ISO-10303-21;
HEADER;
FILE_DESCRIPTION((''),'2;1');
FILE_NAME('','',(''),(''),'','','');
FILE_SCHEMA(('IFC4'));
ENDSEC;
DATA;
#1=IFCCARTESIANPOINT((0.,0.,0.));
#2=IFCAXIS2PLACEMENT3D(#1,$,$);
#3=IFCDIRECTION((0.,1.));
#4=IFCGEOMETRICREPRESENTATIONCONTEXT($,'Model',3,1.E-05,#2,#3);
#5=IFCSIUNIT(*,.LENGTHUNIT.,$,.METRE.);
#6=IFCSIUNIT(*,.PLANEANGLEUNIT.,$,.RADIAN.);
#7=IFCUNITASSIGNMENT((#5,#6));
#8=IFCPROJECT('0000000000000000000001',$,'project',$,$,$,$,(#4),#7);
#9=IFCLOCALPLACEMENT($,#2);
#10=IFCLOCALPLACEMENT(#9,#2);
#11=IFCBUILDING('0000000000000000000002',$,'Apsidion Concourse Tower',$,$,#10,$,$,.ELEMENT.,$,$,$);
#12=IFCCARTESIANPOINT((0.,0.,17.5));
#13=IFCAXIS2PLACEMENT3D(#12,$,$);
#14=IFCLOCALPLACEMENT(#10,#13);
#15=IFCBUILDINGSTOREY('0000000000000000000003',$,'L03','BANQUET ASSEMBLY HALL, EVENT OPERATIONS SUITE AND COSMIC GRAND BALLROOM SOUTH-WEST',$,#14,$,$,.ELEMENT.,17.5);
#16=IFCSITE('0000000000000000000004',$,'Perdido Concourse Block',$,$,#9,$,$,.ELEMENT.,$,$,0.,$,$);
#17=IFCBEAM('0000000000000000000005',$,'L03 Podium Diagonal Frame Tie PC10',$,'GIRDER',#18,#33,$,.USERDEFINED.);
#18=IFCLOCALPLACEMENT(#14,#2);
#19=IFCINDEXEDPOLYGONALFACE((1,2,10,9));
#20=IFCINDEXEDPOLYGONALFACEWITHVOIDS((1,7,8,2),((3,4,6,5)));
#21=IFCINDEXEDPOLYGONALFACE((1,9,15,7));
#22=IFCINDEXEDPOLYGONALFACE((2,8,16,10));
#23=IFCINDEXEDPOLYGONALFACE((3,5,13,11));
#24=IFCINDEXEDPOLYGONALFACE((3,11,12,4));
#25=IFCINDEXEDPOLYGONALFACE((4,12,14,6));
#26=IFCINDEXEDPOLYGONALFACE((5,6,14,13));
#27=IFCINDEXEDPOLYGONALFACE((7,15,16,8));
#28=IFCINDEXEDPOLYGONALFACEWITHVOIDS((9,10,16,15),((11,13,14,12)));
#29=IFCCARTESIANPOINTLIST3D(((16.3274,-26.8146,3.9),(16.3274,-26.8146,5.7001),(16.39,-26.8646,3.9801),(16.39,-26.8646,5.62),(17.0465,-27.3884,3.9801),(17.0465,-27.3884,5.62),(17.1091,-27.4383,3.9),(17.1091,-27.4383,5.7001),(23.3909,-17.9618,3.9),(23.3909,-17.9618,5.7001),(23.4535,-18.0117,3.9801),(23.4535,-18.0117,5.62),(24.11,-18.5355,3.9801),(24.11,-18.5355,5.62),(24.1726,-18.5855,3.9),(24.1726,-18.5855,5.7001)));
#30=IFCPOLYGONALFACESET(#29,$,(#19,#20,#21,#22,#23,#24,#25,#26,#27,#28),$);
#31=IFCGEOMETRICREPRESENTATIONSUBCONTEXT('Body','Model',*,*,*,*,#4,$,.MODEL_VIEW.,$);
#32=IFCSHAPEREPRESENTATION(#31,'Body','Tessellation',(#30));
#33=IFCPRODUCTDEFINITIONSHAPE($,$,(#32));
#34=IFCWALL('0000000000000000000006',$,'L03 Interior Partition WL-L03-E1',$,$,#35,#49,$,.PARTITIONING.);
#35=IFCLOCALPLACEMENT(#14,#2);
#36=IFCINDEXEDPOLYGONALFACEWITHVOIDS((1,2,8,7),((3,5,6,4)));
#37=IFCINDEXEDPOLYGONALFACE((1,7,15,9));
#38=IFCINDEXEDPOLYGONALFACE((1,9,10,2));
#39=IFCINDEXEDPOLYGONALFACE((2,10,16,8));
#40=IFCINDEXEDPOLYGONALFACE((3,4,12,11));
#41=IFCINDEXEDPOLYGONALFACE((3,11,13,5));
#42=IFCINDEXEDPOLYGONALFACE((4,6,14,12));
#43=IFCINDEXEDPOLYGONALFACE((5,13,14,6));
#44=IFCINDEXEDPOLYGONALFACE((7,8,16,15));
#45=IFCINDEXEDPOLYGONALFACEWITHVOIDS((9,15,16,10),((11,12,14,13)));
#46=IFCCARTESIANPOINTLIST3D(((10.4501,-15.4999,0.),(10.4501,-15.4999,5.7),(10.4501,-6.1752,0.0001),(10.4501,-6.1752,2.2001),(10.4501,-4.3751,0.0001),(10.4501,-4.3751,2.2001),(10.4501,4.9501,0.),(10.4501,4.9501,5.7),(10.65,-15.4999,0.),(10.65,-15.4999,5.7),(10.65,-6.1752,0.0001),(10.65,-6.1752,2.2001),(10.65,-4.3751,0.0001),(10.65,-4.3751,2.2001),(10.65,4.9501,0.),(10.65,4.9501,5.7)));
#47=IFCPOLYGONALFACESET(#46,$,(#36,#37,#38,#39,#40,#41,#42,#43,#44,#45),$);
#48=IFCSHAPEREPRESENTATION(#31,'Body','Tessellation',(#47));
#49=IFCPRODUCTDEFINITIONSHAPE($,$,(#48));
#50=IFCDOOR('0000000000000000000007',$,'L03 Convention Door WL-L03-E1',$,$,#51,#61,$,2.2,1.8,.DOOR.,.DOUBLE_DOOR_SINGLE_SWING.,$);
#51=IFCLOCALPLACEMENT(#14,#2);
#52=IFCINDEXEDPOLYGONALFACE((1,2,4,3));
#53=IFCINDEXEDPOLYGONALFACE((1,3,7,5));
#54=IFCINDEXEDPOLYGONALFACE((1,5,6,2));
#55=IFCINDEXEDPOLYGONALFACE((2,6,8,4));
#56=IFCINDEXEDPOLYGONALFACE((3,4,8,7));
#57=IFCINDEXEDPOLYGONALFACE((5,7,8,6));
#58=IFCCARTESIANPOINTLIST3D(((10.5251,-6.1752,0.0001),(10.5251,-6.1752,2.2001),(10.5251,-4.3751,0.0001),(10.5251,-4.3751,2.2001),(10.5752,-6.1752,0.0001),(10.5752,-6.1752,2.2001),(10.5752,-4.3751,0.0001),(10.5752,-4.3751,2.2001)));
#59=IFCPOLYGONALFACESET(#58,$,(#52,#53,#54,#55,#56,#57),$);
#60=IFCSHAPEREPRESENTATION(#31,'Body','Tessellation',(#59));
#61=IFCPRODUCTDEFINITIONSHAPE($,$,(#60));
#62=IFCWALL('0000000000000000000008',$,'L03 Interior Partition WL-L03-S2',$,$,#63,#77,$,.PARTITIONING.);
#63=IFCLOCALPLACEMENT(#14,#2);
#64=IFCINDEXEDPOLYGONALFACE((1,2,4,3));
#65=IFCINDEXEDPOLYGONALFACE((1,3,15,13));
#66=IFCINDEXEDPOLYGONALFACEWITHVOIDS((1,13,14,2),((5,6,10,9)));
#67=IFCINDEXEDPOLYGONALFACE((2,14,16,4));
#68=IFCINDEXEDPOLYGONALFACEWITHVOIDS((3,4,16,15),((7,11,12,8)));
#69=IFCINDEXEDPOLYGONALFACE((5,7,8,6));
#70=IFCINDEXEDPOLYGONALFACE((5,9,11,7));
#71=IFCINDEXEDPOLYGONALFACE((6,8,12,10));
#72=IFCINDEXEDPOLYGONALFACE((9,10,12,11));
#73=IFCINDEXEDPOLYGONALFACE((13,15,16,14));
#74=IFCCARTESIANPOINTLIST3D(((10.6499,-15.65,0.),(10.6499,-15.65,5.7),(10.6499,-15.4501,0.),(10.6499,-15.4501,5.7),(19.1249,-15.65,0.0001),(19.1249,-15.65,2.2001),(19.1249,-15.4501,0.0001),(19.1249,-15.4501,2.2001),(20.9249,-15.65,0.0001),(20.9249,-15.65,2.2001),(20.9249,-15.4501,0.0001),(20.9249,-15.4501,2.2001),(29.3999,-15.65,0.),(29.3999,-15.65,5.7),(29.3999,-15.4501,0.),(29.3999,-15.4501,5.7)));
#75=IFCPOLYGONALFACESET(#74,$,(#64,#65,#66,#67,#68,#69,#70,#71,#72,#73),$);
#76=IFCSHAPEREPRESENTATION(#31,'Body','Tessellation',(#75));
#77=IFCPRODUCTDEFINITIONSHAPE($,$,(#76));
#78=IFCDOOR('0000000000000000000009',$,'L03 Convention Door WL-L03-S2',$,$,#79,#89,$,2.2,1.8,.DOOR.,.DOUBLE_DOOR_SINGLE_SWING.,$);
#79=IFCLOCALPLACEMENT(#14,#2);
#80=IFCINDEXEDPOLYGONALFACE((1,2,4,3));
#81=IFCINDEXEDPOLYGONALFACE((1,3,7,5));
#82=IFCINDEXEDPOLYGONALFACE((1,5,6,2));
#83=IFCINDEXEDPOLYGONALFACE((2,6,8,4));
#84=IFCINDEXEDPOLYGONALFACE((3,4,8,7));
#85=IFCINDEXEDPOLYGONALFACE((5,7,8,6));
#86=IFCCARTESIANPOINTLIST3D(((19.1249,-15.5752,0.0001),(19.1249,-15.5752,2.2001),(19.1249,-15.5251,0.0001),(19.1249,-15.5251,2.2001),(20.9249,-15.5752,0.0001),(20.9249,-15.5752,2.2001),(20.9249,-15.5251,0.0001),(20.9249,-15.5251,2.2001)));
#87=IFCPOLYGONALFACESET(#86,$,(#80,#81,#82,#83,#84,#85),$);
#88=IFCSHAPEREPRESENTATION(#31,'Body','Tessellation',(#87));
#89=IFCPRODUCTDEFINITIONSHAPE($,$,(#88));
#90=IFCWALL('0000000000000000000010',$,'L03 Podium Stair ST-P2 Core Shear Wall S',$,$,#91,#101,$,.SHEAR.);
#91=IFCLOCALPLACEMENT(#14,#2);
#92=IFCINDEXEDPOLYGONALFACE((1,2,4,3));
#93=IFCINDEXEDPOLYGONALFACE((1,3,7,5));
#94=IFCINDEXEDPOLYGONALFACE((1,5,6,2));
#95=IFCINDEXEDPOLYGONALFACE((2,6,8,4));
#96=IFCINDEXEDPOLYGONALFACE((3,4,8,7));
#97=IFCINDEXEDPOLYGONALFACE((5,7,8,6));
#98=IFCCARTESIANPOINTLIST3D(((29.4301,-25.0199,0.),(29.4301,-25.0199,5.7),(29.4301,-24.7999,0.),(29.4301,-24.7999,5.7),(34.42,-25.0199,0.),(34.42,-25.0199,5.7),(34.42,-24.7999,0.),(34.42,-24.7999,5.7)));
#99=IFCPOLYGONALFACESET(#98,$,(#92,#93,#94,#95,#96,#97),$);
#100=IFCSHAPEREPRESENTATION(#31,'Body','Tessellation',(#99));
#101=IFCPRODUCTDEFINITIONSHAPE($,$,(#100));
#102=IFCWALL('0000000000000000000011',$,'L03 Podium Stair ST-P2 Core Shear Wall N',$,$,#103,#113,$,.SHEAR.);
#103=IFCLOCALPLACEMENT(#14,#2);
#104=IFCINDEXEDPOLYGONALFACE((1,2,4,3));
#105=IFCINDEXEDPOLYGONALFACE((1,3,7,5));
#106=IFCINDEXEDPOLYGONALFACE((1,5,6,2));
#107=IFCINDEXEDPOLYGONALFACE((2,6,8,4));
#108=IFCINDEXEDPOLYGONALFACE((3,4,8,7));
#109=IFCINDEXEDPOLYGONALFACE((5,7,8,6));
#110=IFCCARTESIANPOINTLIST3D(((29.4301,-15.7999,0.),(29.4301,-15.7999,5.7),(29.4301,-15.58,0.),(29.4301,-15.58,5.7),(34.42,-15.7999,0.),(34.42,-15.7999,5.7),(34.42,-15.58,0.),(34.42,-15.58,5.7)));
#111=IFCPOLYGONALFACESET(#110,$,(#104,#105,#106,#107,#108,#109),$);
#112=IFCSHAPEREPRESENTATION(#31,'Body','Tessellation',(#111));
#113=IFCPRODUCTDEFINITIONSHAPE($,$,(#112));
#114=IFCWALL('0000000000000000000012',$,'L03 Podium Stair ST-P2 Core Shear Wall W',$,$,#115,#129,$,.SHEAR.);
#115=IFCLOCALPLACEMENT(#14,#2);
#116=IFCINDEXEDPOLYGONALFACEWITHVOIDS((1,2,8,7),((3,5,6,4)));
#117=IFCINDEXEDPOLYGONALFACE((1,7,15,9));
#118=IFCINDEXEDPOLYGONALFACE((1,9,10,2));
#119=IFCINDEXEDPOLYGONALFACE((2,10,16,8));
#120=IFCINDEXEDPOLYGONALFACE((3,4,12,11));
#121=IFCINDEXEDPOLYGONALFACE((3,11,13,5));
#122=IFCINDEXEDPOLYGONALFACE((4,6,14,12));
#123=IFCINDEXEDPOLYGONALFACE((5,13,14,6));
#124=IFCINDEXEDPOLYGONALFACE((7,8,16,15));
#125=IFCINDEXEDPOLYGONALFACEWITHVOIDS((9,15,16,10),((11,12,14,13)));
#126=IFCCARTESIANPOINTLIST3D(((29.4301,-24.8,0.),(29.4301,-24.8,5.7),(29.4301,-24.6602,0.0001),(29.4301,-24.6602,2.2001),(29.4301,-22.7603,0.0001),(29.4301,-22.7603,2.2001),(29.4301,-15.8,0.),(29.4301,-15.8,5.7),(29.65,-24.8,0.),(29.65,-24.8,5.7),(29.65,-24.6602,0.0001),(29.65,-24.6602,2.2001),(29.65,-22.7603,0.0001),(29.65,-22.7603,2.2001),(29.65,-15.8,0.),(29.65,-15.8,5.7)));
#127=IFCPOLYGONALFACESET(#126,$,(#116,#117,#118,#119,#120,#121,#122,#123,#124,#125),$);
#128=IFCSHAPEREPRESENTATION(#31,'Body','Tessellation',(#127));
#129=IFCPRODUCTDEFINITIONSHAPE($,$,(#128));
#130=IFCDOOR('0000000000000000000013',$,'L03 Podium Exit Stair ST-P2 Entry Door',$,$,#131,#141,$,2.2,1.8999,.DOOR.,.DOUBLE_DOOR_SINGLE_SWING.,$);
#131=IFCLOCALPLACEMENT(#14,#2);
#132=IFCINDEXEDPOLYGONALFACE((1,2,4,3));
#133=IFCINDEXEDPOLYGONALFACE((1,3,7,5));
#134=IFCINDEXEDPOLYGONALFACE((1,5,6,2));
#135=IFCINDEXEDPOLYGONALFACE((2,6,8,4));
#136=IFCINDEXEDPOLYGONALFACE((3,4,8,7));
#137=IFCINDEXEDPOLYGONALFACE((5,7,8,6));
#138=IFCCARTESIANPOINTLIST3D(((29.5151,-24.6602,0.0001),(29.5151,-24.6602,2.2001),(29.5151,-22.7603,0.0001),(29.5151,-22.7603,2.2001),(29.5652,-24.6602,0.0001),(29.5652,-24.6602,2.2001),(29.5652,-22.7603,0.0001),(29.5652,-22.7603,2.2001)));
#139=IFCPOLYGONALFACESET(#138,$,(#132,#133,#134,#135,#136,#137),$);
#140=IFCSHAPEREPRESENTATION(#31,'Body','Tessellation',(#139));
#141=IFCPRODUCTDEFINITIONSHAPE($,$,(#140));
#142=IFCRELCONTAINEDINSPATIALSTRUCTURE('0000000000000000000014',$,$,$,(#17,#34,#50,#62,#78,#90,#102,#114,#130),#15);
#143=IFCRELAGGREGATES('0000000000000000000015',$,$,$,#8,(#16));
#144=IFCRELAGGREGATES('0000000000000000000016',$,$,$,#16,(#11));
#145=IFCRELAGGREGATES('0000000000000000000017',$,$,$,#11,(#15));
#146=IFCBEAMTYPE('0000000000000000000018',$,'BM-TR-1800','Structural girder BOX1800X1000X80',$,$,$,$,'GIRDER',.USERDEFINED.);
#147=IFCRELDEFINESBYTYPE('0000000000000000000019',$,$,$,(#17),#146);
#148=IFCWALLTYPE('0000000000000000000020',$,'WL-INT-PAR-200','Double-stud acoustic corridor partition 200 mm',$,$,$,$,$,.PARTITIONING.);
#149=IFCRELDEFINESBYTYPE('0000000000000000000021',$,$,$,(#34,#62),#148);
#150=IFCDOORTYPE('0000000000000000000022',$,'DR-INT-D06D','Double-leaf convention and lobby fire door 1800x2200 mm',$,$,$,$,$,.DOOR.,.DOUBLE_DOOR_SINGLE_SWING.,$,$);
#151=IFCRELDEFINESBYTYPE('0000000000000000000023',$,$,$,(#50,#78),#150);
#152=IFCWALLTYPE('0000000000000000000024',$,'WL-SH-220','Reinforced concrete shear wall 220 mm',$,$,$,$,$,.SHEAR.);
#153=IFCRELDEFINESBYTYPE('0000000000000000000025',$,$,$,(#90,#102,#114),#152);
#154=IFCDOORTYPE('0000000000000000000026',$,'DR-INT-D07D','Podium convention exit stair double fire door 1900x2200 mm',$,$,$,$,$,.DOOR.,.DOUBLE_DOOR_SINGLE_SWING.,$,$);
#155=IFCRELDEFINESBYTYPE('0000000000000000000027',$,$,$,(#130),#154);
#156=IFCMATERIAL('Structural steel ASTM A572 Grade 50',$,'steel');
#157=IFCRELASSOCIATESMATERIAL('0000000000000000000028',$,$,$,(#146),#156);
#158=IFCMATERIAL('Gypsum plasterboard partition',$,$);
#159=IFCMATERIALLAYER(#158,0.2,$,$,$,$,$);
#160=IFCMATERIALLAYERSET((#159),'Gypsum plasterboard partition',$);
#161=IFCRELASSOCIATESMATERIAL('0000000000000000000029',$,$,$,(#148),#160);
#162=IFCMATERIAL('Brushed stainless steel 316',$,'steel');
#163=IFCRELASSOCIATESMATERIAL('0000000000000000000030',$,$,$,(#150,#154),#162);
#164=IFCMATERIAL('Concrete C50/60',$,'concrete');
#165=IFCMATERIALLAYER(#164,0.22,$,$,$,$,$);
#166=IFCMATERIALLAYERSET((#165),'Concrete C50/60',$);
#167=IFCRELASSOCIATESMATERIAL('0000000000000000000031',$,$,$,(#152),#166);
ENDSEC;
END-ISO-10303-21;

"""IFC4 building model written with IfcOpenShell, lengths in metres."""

from ifc_helpers import new_model, si_unit, direction, frame, frame_2d, origin, origin_2d, place, context, subcontext, project, spatial, rectangle, hollow_rectangle, extrude, material, layer, layer_set, material_profile, profile_set, type_object, element, fill, save


model = new_model("IFC4")

# Units and contexts
model_context = context("Model", 3, precision=1e-05, world=origin(), true_north=direction((0.0, 1.0)))
body_context = subcontext(model_context, "Body", "Model", "MODEL_VIEW")
ifc_project = project(units=[si_unit("LENGTHUNIT", "METRE"), si_unit("PLANEANGLEUNIT", "RADIAN")], contexts=[model_context])

# Site, building, storey
site_placement = place(None, origin())
site = spatial("IfcSite", under=ifc_project, at=site_placement, Name="Perdido Concourse Block", CompositionType="ELEMENT", RefElevation=0.0)
building_placement = place(site_placement, origin())
building = spatial("IfcBuilding", under=site, at=building_placement, Name="Apsidion Concourse Tower", CompositionType="ELEMENT")
storey_placement = place(building_placement, frame((0.0, 0.0, 17.5)))
storey = spatial("IfcBuildingStorey", under=building, at=storey_placement, Name="L03", Description="BANQUET ASSEMBLY HALL, EVENT OPERATIONS SUITE AND COSMIC GRAND BALLROOM SOUTH-WEST", CompositionType="ELEMENT", Elevation=17.5)

# Shared definitions
ifc_material_1 = material(Name="Structural steel ASTM A572 Grade 50", Category="steel")
ifc_material_2 = material(Name="Concrete C50/60", Category="concrete")

# Beam
ifc_material_profile_1 = material_profile(ifc_material_1, hollow_rectangle(XDim=1.0, YDim=1.8, WallThickness=0.0801, at=origin_2d()), Name="BOX1800X1000X80")
ifc_profile_set_1 = profile_set([ifc_material_profile_1], Name="Structural steel ASTM A572 Grade 50")
beam_type_1 = type_object("IfcBeamType", Name="BM-TR-1800", Description="Structural girder BOX1800X1000X80", ElementType="GIRDER", PredefinedType="USERDEFINED", material=ifc_profile_set_1)
beam_1_placement = place(storey_placement, frame((16.7183, -27.1265, 4.8), z_axis=(0.623685, 0.781676, 0.0), x_axis=(-0.781676, 0.623685, 0.0)))
element("IfcBeam", 1, at=beam_1_placement, inside=storey, type_object=beam_type_1, Name="L03 Podium Diagonal Frame Tie PC10", ObjectType="GIRDER", PredefinedType="USERDEFINED", context=body_context, shape_type="SweptSolid", body=[
    extrude(hollow_rectangle(XDim=1.0, YDim=1.8, WallThickness=0.0801, at=origin_2d()), origin(), (0.0, 0.0, 1.0), 11.3254),
])

# Walls, openings, doors
ifc_material_3 = material(Name="Gypsum plasterboard partition")
ifc_layer_1 = layer(ifc_material_3, 0.2)
ifc_layer_set_1 = layer_set([ifc_layer_1], Name="Gypsum plasterboard partition")
wall_type_1 = type_object("IfcWallType", Name="WL-INT-PAR-200", Description="Double-stud acoustic corridor partition 200 mm", PredefinedType="PARTITIONING", material=ifc_layer_set_1)
wall_1_placement = place(storey_placement, frame((10.55, -15.5, 0.0), z_axis=(0.0, 0.0, 1.0), x_axis=(0.0, 1.0, 0.0)))
wall_1 = element("IfcWall", 2, at=wall_1_placement, inside=storey, type_object=wall_type_1, Name="L03 Interior Partition WL-L03-E1", PredefinedType="PARTITIONING", context=body_context, shape_type="SweptSolid", body=[
    extrude(rectangle(XDim=20.45, YDim=0.2, at=frame_2d((10.2251, 0.0))), origin(), (0.0, 0.0, 1.0), 5.7),
])
opening_1_placement = place(wall_1_placement, frame((9.325, 0.0, 0.0)))
opening_1 = element("IfcOpeningElement", 3, at=opening_1_placement, cuts=wall_1, PredefinedType="OPENING", context=body_context, shape_type="SweptSolid", body=[
    extrude(rectangle(XDim=1.8, YDim=2.2, at=frame_2d((0.8999, 1.1001))), frame((0.0, 0.1099, 0.0), z_axis=(0.0, -1.0, 0.0), x_axis=(1.0, 0.0, 0.0)), (0.0, 0.0, 1.0), 0.22),
])
ifc_material_4 = material(Name="Brushed stainless steel 316", Category="steel")
door_type_1 = type_object("IfcDoorType", Name="DR-INT-D06D", Description="Double-leaf convention and lobby fire door 1800x2200 mm", OperationType="DOUBLE_DOOR_SINGLE_SWING", PredefinedType="DOOR", material=ifc_material_4)
door_1_placement = place(opening_1_placement, origin())
door_1 = element("IfcDoor", 4, at=door_1_placement, inside=storey, type_object=door_type_1, Name="L03 Convention Door WL-L03-E1", OperationType="DOUBLE_DOOR_SINGLE_SWING", OverallHeight=2.2, OverallWidth=1.8, PredefinedType="DOOR", context=body_context, shape_type="SweptSolid", body=[
    extrude(rectangle(XDim=1.8, YDim=2.2, at=frame_2d((0.8999, 1.1001))), frame((0.0, 0.0249, 0.0), z_axis=(0.0, -1.0, 0.0), x_axis=(1.0, 0.0, 0.0)), (0.0, 0.0, 1.0), 0.05),
])
fill(opening_1, door_1)
wall_2_placement = place(storey_placement, frame((10.6499, -15.55, 0.0), z_axis=(0.0, 0.0, 1.0), x_axis=(1.0, 0.0, 0.0)))
wall_2 = element("IfcWall", 5, at=wall_2_placement, inside=storey, type_object=wall_type_1, Name="L03 Interior Partition WL-L03-S2", PredefinedType="PARTITIONING", context=body_context, shape_type="SweptSolid", body=[
    extrude(rectangle(XDim=18.75, YDim=0.2, at=frame_2d((9.375, 0.0))), origin(), (0.0, 0.0, 1.0), 5.7),
])
opening_2_placement = place(wall_2_placement, frame((8.4751, 0.0, 0.0)))
opening_2 = element("IfcOpeningElement", 6, at=opening_2_placement, cuts=wall_2, PredefinedType="OPENING", context=body_context, shape_type="SweptSolid", body=[
    extrude(rectangle(XDim=1.8, YDim=2.2, at=frame_2d((0.8999, 1.1001))), frame((0.0, 0.1099, 0.0), z_axis=(0.0, -1.0, 0.0), x_axis=(1.0, 0.0, 0.0)), (0.0, 0.0, 1.0), 0.22),
])
door_2_placement = place(opening_2_placement, origin())
door_2 = element("IfcDoor", 7, at=door_2_placement, inside=storey, type_object=door_type_1, Name="L03 Convention Door WL-L03-S2", OperationType="DOUBLE_DOOR_SINGLE_SWING", OverallHeight=2.2, OverallWidth=1.8, PredefinedType="DOOR", context=body_context, shape_type="SweptSolid", body=[
    extrude(rectangle(XDim=1.8, YDim=2.2, at=frame_2d((0.8999, 1.1001))), frame((0.0, 0.0249, 0.0), z_axis=(0.0, -1.0, 0.0), x_axis=(1.0, 0.0, 0.0)), (0.0, 0.0, 1.0), 0.05),
])
fill(opening_2, door_2)

# Walls
ifc_layer_2 = layer(ifc_material_2, 0.22)
ifc_layer_set_2 = layer_set([ifc_layer_2], Name="Concrete C50/60")
wall_type_2 = type_object("IfcWallType", Name="WL-SH-220", Description="Reinforced concrete shear wall 220 mm", PredefinedType="SHEAR", material=ifc_layer_set_2)
for number, where, z_axis, x_axis, name in (
    (8, (29.4299, -24.9099, 0.0), (0.0, 0.0, 1.0), (1.0, 0.0, 0.0), "L03 Podium Stair ST-P2 Core Shear Wall S"),
    (9, (29.4299, -15.6899, 0.0), (0.0, 0.0, 1.0), (1.0, 0.0, 0.0), "L03 Podium Stair ST-P2 Core Shear Wall N"),
):
    element("IfcWall", number, at=place(storey_placement, frame(where, z_axis=z_axis, x_axis=x_axis)), inside=storey, type_object=wall_type_2, Name=name, PredefinedType="SHEAR", context=body_context, shape_type="SweptSolid", body=[
        extrude(rectangle(XDim=4.99, YDim=0.22, at=frame_2d((2.4951, 0.0))), origin(), (0.0, 0.0, 1.0), 5.7),
    ])

# Wall, opening, door
wall_3_placement = place(storey_placement, frame((29.54, -24.8, 0.0), z_axis=(0.0, 0.0, 1.0), x_axis=(0.0, 1.0, 0.0)))
wall_3 = element("IfcWall", 10, at=wall_3_placement, inside=storey, type_object=wall_type_2, Name="L03 Podium Stair ST-P2 Core Shear Wall W", PredefinedType="SHEAR", context=body_context, shape_type="SweptSolid", body=[
    extrude(rectangle(XDim=9.0, YDim=0.22, at=frame_2d((4.5, 0.0))), origin(), (0.0, 0.0, 1.0), 5.7),
])
opening_3_placement = place(wall_3_placement, frame((0.1399, 0.0, 0.0)))
opening_3 = element("IfcOpeningElement", 11, at=opening_3_placement, cuts=wall_3, PredefinedType="OPENING", context=body_context, shape_type="SweptSolid", body=[
    extrude(rectangle(XDim=1.8999, YDim=2.2, at=frame_2d((0.95, 1.1001))), frame((0.0, 0.1201, 0.0), z_axis=(0.0, -1.0, 0.0), x_axis=(1.0, 0.0, 0.0)), (0.0, 0.0, 1.0), 0.24),
])
door_type_2 = type_object("IfcDoorType", Name="DR-INT-D07D", Description="Podium convention exit stair double fire door 1900x2200 mm", OperationType="DOUBLE_DOOR_SINGLE_SWING", PredefinedType="DOOR", material=ifc_material_4)
door_3_placement = place(opening_3_placement, origin())
door_3 = element("IfcDoor", 12, at=door_3_placement, inside=storey, type_object=door_type_2, Name="L03 Podium Exit Stair ST-P2 Entry Door", OperationType="DOUBLE_DOOR_SINGLE_SWING", OverallHeight=2.2, OverallWidth=1.8999, PredefinedType="DOOR", context=body_context, shape_type="SweptSolid", body=[
    extrude(rectangle(XDim=1.8999, YDim=2.2, at=frame_2d((0.95, 1.1001))), frame((0.0, 0.0249, 0.0), z_axis=(0.0, -1.0, 0.0), x_axis=(1.0, 0.0, 0.0)), (0.0, 0.0, 1.0), 0.05),
])
fill(opening_3, door_3)

save(model, "model.ifc")
